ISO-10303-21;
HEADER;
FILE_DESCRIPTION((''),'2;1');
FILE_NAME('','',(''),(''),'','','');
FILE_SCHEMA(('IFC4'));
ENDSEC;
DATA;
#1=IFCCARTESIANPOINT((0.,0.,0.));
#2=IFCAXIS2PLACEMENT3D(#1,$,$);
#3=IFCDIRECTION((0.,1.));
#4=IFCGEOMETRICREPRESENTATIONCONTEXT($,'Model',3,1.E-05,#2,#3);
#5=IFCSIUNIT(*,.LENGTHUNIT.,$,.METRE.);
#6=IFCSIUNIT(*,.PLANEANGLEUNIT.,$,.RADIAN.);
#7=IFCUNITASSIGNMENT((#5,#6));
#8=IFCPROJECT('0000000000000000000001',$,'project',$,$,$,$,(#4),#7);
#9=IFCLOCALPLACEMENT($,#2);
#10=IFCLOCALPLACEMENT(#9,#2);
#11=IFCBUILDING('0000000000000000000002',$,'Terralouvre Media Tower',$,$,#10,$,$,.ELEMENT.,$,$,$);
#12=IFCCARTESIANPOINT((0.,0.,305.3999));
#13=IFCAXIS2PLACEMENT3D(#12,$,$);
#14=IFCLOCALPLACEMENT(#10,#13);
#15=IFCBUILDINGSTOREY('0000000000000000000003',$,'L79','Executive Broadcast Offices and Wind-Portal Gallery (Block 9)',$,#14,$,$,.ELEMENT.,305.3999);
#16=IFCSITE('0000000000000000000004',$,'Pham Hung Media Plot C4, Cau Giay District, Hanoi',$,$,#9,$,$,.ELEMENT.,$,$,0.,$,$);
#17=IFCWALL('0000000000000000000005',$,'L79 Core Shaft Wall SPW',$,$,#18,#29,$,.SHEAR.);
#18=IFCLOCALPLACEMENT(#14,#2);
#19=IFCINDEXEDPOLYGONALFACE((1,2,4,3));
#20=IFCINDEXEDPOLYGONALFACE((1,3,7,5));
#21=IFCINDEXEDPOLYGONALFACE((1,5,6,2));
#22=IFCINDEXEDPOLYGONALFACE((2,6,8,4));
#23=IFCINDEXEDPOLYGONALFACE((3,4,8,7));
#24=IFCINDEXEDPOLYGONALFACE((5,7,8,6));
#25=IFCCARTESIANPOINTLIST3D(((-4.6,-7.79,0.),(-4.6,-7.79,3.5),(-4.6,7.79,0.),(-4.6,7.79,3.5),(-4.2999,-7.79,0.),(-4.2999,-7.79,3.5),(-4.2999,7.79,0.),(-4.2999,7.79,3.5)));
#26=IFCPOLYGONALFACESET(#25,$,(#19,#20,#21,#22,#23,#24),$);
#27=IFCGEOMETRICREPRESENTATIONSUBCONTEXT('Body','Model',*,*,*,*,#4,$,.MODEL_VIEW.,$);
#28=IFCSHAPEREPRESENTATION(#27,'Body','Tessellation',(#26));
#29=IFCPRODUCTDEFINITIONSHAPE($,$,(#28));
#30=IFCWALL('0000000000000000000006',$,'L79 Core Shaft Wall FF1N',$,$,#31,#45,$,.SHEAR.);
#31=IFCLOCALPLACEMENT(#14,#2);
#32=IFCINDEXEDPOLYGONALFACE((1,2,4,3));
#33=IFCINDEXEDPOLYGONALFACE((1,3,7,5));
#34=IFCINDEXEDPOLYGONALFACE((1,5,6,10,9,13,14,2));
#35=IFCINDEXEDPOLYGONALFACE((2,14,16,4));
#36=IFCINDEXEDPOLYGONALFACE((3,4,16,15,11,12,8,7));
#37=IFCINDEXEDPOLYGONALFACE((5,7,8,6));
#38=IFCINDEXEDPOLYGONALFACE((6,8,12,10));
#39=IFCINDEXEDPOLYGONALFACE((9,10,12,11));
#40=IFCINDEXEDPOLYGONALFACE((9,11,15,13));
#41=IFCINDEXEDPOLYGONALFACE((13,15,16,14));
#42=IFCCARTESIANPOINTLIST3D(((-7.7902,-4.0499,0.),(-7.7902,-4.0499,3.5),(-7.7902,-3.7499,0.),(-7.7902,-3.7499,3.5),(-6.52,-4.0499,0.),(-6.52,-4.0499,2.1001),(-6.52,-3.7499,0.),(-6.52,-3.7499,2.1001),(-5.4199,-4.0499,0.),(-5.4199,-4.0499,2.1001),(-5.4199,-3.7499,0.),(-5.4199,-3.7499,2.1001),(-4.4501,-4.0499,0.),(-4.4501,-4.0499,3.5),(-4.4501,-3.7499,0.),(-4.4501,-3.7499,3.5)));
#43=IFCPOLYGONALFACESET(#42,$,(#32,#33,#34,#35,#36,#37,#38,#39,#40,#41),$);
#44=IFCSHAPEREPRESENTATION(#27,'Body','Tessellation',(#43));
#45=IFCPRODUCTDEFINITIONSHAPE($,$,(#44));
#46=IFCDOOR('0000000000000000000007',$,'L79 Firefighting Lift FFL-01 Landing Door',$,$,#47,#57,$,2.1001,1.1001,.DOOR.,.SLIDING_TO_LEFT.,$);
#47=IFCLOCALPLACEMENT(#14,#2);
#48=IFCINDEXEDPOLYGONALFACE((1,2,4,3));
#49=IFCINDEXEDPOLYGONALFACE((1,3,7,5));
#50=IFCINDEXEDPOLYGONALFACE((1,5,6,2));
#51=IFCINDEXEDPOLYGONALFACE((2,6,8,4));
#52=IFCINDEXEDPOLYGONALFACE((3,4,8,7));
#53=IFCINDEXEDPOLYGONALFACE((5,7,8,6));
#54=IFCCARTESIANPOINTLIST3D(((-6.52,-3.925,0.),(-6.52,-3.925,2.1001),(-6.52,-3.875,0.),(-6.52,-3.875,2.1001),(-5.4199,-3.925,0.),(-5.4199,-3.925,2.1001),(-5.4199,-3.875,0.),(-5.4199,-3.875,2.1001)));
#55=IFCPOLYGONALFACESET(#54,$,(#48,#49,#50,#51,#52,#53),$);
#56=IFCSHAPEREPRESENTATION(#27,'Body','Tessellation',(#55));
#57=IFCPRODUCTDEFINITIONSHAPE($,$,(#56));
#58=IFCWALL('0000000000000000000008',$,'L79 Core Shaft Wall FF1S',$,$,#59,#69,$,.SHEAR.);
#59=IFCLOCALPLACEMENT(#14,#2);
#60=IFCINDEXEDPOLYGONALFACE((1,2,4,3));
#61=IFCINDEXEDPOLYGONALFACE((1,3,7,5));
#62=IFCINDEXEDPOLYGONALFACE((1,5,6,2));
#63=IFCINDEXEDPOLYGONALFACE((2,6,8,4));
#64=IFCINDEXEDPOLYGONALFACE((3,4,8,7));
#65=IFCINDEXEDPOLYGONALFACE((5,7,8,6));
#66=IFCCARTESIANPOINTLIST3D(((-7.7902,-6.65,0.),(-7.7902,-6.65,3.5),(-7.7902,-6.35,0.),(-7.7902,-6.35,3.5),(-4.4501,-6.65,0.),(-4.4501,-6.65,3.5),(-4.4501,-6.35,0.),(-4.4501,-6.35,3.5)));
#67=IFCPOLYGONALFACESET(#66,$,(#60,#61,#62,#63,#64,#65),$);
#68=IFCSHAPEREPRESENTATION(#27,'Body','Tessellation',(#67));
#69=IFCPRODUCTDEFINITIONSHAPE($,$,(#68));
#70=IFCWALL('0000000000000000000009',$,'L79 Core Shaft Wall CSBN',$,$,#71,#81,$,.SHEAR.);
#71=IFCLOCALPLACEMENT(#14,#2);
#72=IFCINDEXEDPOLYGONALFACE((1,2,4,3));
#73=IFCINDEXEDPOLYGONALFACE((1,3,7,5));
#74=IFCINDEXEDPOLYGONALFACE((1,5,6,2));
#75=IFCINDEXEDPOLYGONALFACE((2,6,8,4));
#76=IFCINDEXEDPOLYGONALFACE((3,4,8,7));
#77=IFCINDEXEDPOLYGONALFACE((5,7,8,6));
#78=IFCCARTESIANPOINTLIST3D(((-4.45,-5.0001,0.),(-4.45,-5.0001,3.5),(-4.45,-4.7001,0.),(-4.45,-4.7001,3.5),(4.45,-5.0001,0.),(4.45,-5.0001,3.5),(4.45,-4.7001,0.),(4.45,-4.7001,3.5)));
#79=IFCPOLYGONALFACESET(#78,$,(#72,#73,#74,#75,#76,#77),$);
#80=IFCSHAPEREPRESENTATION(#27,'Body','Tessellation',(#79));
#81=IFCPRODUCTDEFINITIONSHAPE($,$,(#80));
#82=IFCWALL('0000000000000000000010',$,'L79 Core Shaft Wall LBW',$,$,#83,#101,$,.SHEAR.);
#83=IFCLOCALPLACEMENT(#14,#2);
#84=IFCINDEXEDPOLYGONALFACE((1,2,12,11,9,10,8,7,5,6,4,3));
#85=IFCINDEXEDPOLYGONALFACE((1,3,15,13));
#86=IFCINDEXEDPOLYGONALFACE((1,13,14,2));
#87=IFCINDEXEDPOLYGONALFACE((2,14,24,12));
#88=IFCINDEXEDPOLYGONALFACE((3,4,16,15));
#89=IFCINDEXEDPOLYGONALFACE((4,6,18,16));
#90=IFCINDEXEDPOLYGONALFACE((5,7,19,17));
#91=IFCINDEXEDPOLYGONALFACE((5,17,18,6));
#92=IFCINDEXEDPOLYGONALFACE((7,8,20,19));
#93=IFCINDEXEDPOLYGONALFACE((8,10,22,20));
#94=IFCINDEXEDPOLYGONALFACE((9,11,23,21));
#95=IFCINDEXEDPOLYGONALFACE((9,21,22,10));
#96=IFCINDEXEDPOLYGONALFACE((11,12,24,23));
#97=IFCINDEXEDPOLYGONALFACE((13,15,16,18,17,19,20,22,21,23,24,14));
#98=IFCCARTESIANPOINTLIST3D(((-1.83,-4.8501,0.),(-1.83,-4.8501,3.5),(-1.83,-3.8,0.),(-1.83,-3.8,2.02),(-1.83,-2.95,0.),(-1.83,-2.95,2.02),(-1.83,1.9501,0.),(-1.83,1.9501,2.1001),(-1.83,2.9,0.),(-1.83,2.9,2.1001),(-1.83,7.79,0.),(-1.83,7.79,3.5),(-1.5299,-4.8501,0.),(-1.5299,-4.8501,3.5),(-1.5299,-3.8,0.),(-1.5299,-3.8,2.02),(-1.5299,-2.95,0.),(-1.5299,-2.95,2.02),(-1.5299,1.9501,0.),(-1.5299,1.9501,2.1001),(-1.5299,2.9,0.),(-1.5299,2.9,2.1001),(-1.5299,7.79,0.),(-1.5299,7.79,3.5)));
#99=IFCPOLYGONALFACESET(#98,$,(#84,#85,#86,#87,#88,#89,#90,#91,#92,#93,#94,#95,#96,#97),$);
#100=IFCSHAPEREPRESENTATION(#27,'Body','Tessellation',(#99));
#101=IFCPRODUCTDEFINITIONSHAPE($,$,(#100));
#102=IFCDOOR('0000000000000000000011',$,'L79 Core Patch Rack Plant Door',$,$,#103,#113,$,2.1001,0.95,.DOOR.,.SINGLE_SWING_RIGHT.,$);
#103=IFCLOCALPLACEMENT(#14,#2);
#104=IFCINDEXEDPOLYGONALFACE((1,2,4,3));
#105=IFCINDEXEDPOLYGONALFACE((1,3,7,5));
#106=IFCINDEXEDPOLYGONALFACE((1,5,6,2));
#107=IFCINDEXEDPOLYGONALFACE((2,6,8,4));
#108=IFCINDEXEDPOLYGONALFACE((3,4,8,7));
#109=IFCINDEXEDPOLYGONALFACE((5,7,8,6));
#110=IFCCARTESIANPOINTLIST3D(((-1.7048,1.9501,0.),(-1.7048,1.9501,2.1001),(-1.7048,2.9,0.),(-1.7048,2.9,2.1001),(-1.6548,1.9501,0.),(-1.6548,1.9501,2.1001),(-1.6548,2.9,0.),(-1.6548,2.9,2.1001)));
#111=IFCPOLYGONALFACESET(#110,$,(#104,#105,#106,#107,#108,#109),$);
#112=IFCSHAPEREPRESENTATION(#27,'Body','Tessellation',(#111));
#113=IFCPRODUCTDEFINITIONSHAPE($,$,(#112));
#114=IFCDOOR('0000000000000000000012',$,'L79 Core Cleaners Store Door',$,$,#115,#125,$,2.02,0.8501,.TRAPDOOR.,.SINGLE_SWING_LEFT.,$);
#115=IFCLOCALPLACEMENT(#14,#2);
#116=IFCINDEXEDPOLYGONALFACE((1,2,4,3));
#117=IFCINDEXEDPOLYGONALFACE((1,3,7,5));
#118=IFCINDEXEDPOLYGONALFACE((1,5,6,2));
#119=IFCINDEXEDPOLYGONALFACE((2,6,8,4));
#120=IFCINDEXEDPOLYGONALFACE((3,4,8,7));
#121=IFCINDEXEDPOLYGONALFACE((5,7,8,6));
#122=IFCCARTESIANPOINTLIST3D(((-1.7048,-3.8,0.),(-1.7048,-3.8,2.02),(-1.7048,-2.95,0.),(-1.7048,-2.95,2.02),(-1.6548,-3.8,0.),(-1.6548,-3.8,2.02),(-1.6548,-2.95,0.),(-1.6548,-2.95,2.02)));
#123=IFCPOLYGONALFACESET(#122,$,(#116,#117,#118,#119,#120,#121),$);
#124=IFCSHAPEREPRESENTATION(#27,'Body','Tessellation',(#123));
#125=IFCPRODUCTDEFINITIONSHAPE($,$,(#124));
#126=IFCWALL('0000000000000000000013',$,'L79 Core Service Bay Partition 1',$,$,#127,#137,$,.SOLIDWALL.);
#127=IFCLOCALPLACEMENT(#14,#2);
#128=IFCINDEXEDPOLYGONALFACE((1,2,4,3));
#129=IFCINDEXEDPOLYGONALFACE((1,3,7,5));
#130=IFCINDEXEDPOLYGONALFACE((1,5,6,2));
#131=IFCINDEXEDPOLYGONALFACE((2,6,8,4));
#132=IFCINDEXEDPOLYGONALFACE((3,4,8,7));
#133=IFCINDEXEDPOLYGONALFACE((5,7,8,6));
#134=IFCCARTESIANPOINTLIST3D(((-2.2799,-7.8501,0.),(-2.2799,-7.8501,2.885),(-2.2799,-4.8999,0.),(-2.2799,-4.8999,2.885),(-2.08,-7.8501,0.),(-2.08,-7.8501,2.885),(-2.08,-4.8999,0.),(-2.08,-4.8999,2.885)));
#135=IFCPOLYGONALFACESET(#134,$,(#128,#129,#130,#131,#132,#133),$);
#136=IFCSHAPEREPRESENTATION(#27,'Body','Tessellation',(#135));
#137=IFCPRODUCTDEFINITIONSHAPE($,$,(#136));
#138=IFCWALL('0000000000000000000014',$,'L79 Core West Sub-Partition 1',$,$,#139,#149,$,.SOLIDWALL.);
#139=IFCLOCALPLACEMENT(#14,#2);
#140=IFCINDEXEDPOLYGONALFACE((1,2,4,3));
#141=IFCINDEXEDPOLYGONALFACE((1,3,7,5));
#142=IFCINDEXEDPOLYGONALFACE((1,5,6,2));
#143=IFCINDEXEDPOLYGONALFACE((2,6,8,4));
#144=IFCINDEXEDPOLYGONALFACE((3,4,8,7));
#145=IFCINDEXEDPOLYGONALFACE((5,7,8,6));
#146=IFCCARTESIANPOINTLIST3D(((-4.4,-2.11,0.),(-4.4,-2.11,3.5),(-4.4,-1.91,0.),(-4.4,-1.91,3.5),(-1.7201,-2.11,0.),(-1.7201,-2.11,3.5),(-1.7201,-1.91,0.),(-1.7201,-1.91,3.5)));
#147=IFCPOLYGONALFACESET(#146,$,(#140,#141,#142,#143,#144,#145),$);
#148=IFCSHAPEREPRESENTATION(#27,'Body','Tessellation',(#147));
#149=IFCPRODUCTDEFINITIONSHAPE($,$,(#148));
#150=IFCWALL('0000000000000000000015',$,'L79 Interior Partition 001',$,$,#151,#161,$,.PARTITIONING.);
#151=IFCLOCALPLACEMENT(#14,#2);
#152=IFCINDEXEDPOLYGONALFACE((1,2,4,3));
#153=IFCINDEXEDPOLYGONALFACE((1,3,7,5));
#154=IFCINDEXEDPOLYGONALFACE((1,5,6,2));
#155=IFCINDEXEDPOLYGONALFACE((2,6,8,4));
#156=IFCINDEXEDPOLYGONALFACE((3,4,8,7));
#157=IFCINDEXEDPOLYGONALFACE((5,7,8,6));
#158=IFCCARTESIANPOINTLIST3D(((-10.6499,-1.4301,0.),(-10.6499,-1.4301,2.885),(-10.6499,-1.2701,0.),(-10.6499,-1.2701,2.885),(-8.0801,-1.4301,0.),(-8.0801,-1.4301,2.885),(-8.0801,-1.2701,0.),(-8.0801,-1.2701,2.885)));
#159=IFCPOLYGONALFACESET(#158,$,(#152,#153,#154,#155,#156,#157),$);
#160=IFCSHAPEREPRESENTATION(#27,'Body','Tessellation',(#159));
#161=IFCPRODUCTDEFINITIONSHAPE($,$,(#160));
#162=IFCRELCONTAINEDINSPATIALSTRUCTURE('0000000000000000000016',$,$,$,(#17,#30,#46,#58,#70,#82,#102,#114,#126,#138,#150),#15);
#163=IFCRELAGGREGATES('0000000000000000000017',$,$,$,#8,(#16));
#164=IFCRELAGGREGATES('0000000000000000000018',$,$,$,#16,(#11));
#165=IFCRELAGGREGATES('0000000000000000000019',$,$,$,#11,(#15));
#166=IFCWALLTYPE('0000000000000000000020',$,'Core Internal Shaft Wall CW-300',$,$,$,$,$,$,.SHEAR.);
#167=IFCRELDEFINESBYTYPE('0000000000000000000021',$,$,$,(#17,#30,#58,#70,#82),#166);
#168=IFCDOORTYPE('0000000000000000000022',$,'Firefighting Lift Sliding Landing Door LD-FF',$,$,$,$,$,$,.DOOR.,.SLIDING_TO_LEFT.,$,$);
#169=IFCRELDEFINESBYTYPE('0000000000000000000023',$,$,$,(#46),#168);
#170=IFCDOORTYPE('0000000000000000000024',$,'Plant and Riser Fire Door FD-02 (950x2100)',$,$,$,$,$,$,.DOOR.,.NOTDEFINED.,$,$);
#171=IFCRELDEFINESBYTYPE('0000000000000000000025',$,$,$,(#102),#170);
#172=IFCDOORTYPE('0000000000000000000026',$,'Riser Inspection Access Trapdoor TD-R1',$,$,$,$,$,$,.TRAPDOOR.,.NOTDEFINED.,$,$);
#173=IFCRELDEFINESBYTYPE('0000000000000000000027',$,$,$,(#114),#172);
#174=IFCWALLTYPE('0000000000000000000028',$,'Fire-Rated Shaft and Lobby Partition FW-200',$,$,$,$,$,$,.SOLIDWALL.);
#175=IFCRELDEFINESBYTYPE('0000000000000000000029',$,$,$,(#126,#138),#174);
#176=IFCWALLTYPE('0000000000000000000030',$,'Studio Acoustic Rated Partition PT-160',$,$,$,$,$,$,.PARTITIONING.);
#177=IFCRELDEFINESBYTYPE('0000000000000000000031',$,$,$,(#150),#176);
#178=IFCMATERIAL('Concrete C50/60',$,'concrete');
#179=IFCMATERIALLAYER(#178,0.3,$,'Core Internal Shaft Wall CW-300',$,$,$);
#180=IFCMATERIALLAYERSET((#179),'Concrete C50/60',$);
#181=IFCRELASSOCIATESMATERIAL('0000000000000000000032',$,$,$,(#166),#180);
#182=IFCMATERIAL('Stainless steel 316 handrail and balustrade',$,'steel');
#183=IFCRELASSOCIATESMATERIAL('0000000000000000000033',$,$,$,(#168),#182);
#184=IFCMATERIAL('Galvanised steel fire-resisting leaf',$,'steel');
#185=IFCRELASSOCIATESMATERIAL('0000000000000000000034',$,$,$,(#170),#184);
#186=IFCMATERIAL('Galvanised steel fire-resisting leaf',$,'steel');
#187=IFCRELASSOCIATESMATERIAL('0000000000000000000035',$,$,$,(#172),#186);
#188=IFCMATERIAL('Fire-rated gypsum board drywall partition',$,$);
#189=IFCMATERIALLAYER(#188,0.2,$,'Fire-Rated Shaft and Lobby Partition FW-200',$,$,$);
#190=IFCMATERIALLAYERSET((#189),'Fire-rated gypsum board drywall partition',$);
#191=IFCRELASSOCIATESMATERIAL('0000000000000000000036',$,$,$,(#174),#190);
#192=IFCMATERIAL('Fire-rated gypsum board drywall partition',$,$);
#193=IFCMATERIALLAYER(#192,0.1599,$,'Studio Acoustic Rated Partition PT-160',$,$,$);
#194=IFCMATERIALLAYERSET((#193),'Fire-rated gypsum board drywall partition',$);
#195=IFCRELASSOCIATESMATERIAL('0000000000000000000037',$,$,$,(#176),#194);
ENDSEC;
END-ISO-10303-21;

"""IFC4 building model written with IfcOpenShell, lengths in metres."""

from ifc_helpers import new_model, si_unit, direction, frame, frame_2d, origin, place, context, subcontext, project, spatial, rectangle, extrude, material, layer, layer_set, type_object, element, fill, save


model = new_model("IFC4")

# Units and contexts
model_context = context("Model", 3, precision=1e-05, world=origin(), true_north=direction((0.0, 1.0)))
body_context = subcontext(model_context, "Body", "Model", "MODEL_VIEW")
ifc_project = project(units=[si_unit("LENGTHUNIT", "METRE"), si_unit("PLANEANGLEUNIT", "RADIAN")], contexts=[model_context])

# Site, building, storey
site_placement = place(None, origin())
site = spatial("IfcSite", under=ifc_project, at=site_placement, Name="Pham Hung Media Plot C4, Cau Giay District, Hanoi", CompositionType="ELEMENT", RefElevation=0.0)
building_placement = place(site_placement, origin())
building = spatial("IfcBuilding", under=site, at=building_placement, Name="Terralouvre Media Tower", CompositionType="ELEMENT")
storey_placement = place(building_placement, frame((0.0, 0.0, 305.3999)))
storey = spatial("IfcBuildingStorey", under=building, at=storey_placement, Name="L79", Description="Executive Broadcast Offices and Wind-Portal Gallery (Block 9)", CompositionType="ELEMENT", Elevation=305.3999)

# Wall
ifc_material_1 = material(Name="Concrete C50/60", Category="concrete")
ifc_layer_1 = layer(ifc_material_1, 0.3, Name="Core Internal Shaft Wall CW-300")
ifc_layer_set_1 = layer_set([ifc_layer_1], Name="Concrete C50/60")
wall_type_1 = type_object("IfcWallType", Name="Core Internal Shaft Wall CW-300", PredefinedType="SHEAR", material=ifc_layer_set_1)
wall_1_placement = place(storey_placement, frame((-4.45, -7.79, 0.0), z_axis=(0.0, 0.0, 1.0), x_axis=(0.0, 1.0, 0.0)))
element("IfcWall", 1, at=wall_1_placement, inside=storey, type_object=wall_type_1, Name="L79 Core Shaft Wall SPW", PredefinedType="SHEAR", context=body_context, shape_type="SweptSolid", body=[
    extrude(rectangle(XDim=15.5801, YDim=0.3, at=frame_2d((7.79, 0.0))), origin(), (0.0, 0.0, 1.0), 3.5),
])

# Wall, opening, door
wall_2_placement = place(storey_placement, frame((-7.79, -3.8999, 0.0), z_axis=(0.0, 0.0, 1.0), x_axis=(1.0, 0.0, 0.0)))
wall_2 = element("IfcWall", 2, at=wall_2_placement, inside=storey, type_object=wall_type_1, Name="L79 Core Shaft Wall FF1N", PredefinedType="SHEAR", context=body_context, shape_type="SweptSolid", body=[
    extrude(rectangle(XDim=3.3401, YDim=0.3, at=frame_2d((1.6699, 0.0))), origin(), (0.0, 0.0, 1.0), 3.5),
])
opening_1_placement = place(wall_2_placement, frame((1.27, 0.0, 0.0)))
opening_1 = element("IfcOpeningElement", 3, at=opening_1_placement, cuts=wall_2, PredefinedType="OPENING", context=body_context, shape_type="SweptSolid", body=[
    extrude(rectangle(XDim=1.1001, YDim=2.1001, at=frame_2d((0.55, 1.05))), frame((0.0, 0.1599, 0.0), z_axis=(0.0, -1.0, 0.0), x_axis=(1.0, 0.0, 0.0)), (0.0, 0.0, 1.0), 0.3201),
])
ifc_material_2 = material(Name="Stainless steel 316 handrail and balustrade", Category="steel")
door_type_1 = type_object("IfcDoorType", Name="Firefighting Lift Sliding Landing Door LD-FF", OperationType="SLIDING_TO_LEFT", PredefinedType="DOOR", material=ifc_material_2)
door_1_placement = place(opening_1_placement, origin())
door_1 = element("IfcDoor", 4, at=door_1_placement, inside=storey, type_object=door_type_1, Name="L79 Firefighting Lift FFL-01 Landing Door", OperationType="SLIDING_TO_LEFT", OverallHeight=2.1001, OverallWidth=1.1001, PredefinedType="DOOR", context=body_context, shape_type="SweptSolid", body=[
    extrude(rectangle(XDim=1.1001, YDim=2.1001, at=frame_2d((0.55, 1.05))), frame((0.0, 0.0249, 0.0), z_axis=(0.0, -1.0, 0.0), x_axis=(1.0, 0.0, 0.0)), (0.0, 0.0, 1.0), 0.05),
])
fill(opening_1, door_1)

# Walls
wall_3_placement = place(storey_placement, frame((-7.79, -6.5, 0.0), z_axis=(0.0, 0.0, 1.0), x_axis=(1.0, 0.0, 0.0)))
element("IfcWall", 5, at=wall_3_placement, inside=storey, type_object=wall_type_1, Name="L79 Core Shaft Wall FF1S", PredefinedType="SHEAR", context=body_context, shape_type="SweptSolid", body=[
    extrude(rectangle(XDim=3.3401, YDim=0.3, at=frame_2d((1.6699, 0.0))), origin(), (0.0, 0.0, 1.0), 3.5),
])
wall_4_placement = place(storey_placement, frame((-4.45, -4.8501, 0.0), z_axis=(0.0, 0.0, 1.0), x_axis=(1.0, 0.0, 0.0)))
element("IfcWall", 6, at=wall_4_placement, inside=storey, type_object=wall_type_1, Name="L79 Core Shaft Wall CSBN", PredefinedType="SHEAR", context=body_context, shape_type="SweptSolid", body=[
    extrude(rectangle(XDim=8.8999, YDim=0.3, at=frame_2d((4.45, 0.0))), origin(), (0.0, 0.0, 1.0), 3.5),
])

# Wall, openings, doors
wall_5_placement = place(storey_placement, frame((-1.6799, -4.8501, 0.0), z_axis=(0.0, 0.0, 1.0), x_axis=(0.0, 1.0, 0.0)))
wall_5 = element("IfcWall", 7, at=wall_5_placement, inside=storey, type_object=wall_type_1, Name="L79 Core Shaft Wall LBW", PredefinedType="SHEAR", context=body_context, shape_type="SweptSolid", body=[
    extrude(rectangle(XDim=12.6401, YDim=0.3, at=frame_2d((6.3201, 0.0))), origin(), (0.0, 0.0, 1.0), 3.5),
])
opening_2_placement = place(wall_5_placement, frame((1.05, 0.0, 0.0)))
opening_2 = element("IfcOpeningElement", 8, at=opening_2_placement, cuts=wall_5, PredefinedType="OPENING", context=body_context, shape_type="SweptSolid", body=[
    extrude(rectangle(XDim=0.8501, YDim=2.02, at=frame_2d((0.425, 1.01))), frame((0.0, 0.1599, 0.0), z_axis=(0.0, -1.0, 0.0), x_axis=(1.0, 0.0, 0.0)), (0.0, 0.0, 1.0), 0.3201),
])
opening_3_placement = place(wall_5_placement, frame((6.8, 0.0, 0.0)))
opening_3 = element("IfcOpeningElement", 9, at=opening_3_placement, cuts=wall_5, PredefinedType="OPENING", context=body_context, shape_type="SweptSolid", body=[
    extrude(rectangle(XDim=0.95, YDim=2.1001, at=frame_2d((0.4751, 1.05))), frame((0.0, 0.1599, 0.0), z_axis=(0.0, -1.0, 0.0), x_axis=(1.0, 0.0, 0.0)), (0.0, 0.0, 1.0), 0.3201),
])
ifc_material_3 = material(Name="Galvanised steel fire-resisting leaf", Category="steel")
door_type_2 = type_object("IfcDoorType", Name="Plant and Riser Fire Door FD-02 (950x2100)", OperationType="NOTDEFINED", PredefinedType="DOOR", material=ifc_material_3)
door_2_placement = place(opening_3_placement, origin())
door_2 = element("IfcDoor", 10, at=door_2_placement, inside=storey, type_object=door_type_2, Name="L79 Core Patch Rack Plant Door", OperationType="SINGLE_SWING_RIGHT", OverallHeight=2.1001, OverallWidth=0.95, PredefinedType="DOOR", context=body_context, shape_type="SweptSolid", body=[
    extrude(rectangle(XDim=0.95, YDim=2.1001, at=frame_2d((0.4751, 1.05))), frame((0.0, 0.0249, 0.0), z_axis=(0.0, -1.0, 0.0), x_axis=(1.0, 0.0, 0.0)), (0.0, 0.0, 1.0), 0.05),
])
fill(opening_3, door_2)
ifc_material_4 = material(Name="Galvanised steel fire-resisting leaf", Category="steel")
door_type_3 = type_object("IfcDoorType", Name="Riser Inspection Access Trapdoor TD-R1", OperationType="NOTDEFINED", PredefinedType="TRAPDOOR", material=ifc_material_4)
door_3_placement = place(opening_2_placement, origin())
door_3 = element("IfcDoor", 11, at=door_3_placement, inside=storey, type_object=door_type_3, Name="L79 Core Cleaners Store Door", OperationType="SINGLE_SWING_LEFT", OverallHeight=2.02, OverallWidth=0.8501, PredefinedType="TRAPDOOR", context=body_context, shape_type="SweptSolid", body=[
    extrude(rectangle(XDim=0.8501, YDim=2.02, at=frame_2d((0.425, 1.01))), frame((0.0, 0.0249, 0.0), z_axis=(0.0, -1.0, 0.0), x_axis=(1.0, 0.0, 0.0)), (0.0, 0.0, 1.0), 0.05),
])
fill(opening_2, door_3)

# Walls
ifc_material_5 = material(Name="Fire-rated gypsum board drywall partition")
ifc_layer_2 = layer(ifc_material_5, 0.2, Name="Fire-Rated Shaft and Lobby Partition FW-200")
ifc_layer_set_2 = layer_set([ifc_layer_2], Name="Fire-rated gypsum board drywall partition")
wall_type_2 = type_object("IfcWallType", Name="Fire-Rated Shaft and Lobby Partition FW-200", PredefinedType="SOLIDWALL", material=ifc_layer_set_2)
wall_6_placement = place(storey_placement, frame((-2.1799, -7.8501, 0.0), z_axis=(0.0, 0.0, 1.0), x_axis=(0.0, 1.0, 0.0)))
element("IfcWall", 12, at=wall_6_placement, inside=storey, type_object=wall_type_2, Name="L79 Core Service Bay Partition 1", PredefinedType="SOLIDWALL", context=body_context, shape_type="SweptSolid", body=[
    extrude(rectangle(XDim=2.9502, YDim=0.2, at=frame_2d((1.4751, 0.0))), origin(), (0.0, 0.0, 1.0), 2.885),
])
wall_7_placement = place(storey_placement, frame((-4.3999, -2.01, 0.0), z_axis=(0.0, 0.0, 1.0), x_axis=(1.0, 0.0, 0.0)))
element("IfcWall", 13, at=wall_7_placement, inside=storey, type_object=wall_type_2, Name="L79 Core West Sub-Partition 1", PredefinedType="SOLIDWALL", context=body_context, shape_type="SweptSolid", body=[
    extrude(rectangle(XDim=2.6799, YDim=0.2, at=frame_2d((1.3398, 0.0))), origin(), (0.0, 0.0, 1.0), 3.5),
])
ifc_material_6 = material(Name="Fire-rated gypsum board drywall partition")
ifc_layer_3 = layer(ifc_material_6, 0.1599, Name="Studio Acoustic Rated Partition PT-160")
ifc_layer_set_3 = layer_set([ifc_layer_3], Name="Fire-rated gypsum board drywall partition")
wall_type_3 = type_object("IfcWallType", Name="Studio Acoustic Rated Partition PT-160", PredefinedType="PARTITIONING", material=ifc_layer_set_3)
wall_8_placement = place(storey_placement, frame((-8.0801, -1.3501, 0.0), z_axis=(0.0, 0.0, 1.0), x_axis=(-1.0, 0.0, 0.0)))
element("IfcWall", 14, at=wall_8_placement, inside=storey, type_object=wall_type_3, Name="L79 Interior Partition 001", PredefinedType="PARTITIONING", context=body_context, shape_type="SweptSolid", body=[
    extrude(rectangle(XDim=2.5698, YDim=0.1599, at=frame_2d((1.2849, 0.0))), origin(), (0.0, 0.0, 1.0), 2.885),
])

save(model, "model.ifc")
